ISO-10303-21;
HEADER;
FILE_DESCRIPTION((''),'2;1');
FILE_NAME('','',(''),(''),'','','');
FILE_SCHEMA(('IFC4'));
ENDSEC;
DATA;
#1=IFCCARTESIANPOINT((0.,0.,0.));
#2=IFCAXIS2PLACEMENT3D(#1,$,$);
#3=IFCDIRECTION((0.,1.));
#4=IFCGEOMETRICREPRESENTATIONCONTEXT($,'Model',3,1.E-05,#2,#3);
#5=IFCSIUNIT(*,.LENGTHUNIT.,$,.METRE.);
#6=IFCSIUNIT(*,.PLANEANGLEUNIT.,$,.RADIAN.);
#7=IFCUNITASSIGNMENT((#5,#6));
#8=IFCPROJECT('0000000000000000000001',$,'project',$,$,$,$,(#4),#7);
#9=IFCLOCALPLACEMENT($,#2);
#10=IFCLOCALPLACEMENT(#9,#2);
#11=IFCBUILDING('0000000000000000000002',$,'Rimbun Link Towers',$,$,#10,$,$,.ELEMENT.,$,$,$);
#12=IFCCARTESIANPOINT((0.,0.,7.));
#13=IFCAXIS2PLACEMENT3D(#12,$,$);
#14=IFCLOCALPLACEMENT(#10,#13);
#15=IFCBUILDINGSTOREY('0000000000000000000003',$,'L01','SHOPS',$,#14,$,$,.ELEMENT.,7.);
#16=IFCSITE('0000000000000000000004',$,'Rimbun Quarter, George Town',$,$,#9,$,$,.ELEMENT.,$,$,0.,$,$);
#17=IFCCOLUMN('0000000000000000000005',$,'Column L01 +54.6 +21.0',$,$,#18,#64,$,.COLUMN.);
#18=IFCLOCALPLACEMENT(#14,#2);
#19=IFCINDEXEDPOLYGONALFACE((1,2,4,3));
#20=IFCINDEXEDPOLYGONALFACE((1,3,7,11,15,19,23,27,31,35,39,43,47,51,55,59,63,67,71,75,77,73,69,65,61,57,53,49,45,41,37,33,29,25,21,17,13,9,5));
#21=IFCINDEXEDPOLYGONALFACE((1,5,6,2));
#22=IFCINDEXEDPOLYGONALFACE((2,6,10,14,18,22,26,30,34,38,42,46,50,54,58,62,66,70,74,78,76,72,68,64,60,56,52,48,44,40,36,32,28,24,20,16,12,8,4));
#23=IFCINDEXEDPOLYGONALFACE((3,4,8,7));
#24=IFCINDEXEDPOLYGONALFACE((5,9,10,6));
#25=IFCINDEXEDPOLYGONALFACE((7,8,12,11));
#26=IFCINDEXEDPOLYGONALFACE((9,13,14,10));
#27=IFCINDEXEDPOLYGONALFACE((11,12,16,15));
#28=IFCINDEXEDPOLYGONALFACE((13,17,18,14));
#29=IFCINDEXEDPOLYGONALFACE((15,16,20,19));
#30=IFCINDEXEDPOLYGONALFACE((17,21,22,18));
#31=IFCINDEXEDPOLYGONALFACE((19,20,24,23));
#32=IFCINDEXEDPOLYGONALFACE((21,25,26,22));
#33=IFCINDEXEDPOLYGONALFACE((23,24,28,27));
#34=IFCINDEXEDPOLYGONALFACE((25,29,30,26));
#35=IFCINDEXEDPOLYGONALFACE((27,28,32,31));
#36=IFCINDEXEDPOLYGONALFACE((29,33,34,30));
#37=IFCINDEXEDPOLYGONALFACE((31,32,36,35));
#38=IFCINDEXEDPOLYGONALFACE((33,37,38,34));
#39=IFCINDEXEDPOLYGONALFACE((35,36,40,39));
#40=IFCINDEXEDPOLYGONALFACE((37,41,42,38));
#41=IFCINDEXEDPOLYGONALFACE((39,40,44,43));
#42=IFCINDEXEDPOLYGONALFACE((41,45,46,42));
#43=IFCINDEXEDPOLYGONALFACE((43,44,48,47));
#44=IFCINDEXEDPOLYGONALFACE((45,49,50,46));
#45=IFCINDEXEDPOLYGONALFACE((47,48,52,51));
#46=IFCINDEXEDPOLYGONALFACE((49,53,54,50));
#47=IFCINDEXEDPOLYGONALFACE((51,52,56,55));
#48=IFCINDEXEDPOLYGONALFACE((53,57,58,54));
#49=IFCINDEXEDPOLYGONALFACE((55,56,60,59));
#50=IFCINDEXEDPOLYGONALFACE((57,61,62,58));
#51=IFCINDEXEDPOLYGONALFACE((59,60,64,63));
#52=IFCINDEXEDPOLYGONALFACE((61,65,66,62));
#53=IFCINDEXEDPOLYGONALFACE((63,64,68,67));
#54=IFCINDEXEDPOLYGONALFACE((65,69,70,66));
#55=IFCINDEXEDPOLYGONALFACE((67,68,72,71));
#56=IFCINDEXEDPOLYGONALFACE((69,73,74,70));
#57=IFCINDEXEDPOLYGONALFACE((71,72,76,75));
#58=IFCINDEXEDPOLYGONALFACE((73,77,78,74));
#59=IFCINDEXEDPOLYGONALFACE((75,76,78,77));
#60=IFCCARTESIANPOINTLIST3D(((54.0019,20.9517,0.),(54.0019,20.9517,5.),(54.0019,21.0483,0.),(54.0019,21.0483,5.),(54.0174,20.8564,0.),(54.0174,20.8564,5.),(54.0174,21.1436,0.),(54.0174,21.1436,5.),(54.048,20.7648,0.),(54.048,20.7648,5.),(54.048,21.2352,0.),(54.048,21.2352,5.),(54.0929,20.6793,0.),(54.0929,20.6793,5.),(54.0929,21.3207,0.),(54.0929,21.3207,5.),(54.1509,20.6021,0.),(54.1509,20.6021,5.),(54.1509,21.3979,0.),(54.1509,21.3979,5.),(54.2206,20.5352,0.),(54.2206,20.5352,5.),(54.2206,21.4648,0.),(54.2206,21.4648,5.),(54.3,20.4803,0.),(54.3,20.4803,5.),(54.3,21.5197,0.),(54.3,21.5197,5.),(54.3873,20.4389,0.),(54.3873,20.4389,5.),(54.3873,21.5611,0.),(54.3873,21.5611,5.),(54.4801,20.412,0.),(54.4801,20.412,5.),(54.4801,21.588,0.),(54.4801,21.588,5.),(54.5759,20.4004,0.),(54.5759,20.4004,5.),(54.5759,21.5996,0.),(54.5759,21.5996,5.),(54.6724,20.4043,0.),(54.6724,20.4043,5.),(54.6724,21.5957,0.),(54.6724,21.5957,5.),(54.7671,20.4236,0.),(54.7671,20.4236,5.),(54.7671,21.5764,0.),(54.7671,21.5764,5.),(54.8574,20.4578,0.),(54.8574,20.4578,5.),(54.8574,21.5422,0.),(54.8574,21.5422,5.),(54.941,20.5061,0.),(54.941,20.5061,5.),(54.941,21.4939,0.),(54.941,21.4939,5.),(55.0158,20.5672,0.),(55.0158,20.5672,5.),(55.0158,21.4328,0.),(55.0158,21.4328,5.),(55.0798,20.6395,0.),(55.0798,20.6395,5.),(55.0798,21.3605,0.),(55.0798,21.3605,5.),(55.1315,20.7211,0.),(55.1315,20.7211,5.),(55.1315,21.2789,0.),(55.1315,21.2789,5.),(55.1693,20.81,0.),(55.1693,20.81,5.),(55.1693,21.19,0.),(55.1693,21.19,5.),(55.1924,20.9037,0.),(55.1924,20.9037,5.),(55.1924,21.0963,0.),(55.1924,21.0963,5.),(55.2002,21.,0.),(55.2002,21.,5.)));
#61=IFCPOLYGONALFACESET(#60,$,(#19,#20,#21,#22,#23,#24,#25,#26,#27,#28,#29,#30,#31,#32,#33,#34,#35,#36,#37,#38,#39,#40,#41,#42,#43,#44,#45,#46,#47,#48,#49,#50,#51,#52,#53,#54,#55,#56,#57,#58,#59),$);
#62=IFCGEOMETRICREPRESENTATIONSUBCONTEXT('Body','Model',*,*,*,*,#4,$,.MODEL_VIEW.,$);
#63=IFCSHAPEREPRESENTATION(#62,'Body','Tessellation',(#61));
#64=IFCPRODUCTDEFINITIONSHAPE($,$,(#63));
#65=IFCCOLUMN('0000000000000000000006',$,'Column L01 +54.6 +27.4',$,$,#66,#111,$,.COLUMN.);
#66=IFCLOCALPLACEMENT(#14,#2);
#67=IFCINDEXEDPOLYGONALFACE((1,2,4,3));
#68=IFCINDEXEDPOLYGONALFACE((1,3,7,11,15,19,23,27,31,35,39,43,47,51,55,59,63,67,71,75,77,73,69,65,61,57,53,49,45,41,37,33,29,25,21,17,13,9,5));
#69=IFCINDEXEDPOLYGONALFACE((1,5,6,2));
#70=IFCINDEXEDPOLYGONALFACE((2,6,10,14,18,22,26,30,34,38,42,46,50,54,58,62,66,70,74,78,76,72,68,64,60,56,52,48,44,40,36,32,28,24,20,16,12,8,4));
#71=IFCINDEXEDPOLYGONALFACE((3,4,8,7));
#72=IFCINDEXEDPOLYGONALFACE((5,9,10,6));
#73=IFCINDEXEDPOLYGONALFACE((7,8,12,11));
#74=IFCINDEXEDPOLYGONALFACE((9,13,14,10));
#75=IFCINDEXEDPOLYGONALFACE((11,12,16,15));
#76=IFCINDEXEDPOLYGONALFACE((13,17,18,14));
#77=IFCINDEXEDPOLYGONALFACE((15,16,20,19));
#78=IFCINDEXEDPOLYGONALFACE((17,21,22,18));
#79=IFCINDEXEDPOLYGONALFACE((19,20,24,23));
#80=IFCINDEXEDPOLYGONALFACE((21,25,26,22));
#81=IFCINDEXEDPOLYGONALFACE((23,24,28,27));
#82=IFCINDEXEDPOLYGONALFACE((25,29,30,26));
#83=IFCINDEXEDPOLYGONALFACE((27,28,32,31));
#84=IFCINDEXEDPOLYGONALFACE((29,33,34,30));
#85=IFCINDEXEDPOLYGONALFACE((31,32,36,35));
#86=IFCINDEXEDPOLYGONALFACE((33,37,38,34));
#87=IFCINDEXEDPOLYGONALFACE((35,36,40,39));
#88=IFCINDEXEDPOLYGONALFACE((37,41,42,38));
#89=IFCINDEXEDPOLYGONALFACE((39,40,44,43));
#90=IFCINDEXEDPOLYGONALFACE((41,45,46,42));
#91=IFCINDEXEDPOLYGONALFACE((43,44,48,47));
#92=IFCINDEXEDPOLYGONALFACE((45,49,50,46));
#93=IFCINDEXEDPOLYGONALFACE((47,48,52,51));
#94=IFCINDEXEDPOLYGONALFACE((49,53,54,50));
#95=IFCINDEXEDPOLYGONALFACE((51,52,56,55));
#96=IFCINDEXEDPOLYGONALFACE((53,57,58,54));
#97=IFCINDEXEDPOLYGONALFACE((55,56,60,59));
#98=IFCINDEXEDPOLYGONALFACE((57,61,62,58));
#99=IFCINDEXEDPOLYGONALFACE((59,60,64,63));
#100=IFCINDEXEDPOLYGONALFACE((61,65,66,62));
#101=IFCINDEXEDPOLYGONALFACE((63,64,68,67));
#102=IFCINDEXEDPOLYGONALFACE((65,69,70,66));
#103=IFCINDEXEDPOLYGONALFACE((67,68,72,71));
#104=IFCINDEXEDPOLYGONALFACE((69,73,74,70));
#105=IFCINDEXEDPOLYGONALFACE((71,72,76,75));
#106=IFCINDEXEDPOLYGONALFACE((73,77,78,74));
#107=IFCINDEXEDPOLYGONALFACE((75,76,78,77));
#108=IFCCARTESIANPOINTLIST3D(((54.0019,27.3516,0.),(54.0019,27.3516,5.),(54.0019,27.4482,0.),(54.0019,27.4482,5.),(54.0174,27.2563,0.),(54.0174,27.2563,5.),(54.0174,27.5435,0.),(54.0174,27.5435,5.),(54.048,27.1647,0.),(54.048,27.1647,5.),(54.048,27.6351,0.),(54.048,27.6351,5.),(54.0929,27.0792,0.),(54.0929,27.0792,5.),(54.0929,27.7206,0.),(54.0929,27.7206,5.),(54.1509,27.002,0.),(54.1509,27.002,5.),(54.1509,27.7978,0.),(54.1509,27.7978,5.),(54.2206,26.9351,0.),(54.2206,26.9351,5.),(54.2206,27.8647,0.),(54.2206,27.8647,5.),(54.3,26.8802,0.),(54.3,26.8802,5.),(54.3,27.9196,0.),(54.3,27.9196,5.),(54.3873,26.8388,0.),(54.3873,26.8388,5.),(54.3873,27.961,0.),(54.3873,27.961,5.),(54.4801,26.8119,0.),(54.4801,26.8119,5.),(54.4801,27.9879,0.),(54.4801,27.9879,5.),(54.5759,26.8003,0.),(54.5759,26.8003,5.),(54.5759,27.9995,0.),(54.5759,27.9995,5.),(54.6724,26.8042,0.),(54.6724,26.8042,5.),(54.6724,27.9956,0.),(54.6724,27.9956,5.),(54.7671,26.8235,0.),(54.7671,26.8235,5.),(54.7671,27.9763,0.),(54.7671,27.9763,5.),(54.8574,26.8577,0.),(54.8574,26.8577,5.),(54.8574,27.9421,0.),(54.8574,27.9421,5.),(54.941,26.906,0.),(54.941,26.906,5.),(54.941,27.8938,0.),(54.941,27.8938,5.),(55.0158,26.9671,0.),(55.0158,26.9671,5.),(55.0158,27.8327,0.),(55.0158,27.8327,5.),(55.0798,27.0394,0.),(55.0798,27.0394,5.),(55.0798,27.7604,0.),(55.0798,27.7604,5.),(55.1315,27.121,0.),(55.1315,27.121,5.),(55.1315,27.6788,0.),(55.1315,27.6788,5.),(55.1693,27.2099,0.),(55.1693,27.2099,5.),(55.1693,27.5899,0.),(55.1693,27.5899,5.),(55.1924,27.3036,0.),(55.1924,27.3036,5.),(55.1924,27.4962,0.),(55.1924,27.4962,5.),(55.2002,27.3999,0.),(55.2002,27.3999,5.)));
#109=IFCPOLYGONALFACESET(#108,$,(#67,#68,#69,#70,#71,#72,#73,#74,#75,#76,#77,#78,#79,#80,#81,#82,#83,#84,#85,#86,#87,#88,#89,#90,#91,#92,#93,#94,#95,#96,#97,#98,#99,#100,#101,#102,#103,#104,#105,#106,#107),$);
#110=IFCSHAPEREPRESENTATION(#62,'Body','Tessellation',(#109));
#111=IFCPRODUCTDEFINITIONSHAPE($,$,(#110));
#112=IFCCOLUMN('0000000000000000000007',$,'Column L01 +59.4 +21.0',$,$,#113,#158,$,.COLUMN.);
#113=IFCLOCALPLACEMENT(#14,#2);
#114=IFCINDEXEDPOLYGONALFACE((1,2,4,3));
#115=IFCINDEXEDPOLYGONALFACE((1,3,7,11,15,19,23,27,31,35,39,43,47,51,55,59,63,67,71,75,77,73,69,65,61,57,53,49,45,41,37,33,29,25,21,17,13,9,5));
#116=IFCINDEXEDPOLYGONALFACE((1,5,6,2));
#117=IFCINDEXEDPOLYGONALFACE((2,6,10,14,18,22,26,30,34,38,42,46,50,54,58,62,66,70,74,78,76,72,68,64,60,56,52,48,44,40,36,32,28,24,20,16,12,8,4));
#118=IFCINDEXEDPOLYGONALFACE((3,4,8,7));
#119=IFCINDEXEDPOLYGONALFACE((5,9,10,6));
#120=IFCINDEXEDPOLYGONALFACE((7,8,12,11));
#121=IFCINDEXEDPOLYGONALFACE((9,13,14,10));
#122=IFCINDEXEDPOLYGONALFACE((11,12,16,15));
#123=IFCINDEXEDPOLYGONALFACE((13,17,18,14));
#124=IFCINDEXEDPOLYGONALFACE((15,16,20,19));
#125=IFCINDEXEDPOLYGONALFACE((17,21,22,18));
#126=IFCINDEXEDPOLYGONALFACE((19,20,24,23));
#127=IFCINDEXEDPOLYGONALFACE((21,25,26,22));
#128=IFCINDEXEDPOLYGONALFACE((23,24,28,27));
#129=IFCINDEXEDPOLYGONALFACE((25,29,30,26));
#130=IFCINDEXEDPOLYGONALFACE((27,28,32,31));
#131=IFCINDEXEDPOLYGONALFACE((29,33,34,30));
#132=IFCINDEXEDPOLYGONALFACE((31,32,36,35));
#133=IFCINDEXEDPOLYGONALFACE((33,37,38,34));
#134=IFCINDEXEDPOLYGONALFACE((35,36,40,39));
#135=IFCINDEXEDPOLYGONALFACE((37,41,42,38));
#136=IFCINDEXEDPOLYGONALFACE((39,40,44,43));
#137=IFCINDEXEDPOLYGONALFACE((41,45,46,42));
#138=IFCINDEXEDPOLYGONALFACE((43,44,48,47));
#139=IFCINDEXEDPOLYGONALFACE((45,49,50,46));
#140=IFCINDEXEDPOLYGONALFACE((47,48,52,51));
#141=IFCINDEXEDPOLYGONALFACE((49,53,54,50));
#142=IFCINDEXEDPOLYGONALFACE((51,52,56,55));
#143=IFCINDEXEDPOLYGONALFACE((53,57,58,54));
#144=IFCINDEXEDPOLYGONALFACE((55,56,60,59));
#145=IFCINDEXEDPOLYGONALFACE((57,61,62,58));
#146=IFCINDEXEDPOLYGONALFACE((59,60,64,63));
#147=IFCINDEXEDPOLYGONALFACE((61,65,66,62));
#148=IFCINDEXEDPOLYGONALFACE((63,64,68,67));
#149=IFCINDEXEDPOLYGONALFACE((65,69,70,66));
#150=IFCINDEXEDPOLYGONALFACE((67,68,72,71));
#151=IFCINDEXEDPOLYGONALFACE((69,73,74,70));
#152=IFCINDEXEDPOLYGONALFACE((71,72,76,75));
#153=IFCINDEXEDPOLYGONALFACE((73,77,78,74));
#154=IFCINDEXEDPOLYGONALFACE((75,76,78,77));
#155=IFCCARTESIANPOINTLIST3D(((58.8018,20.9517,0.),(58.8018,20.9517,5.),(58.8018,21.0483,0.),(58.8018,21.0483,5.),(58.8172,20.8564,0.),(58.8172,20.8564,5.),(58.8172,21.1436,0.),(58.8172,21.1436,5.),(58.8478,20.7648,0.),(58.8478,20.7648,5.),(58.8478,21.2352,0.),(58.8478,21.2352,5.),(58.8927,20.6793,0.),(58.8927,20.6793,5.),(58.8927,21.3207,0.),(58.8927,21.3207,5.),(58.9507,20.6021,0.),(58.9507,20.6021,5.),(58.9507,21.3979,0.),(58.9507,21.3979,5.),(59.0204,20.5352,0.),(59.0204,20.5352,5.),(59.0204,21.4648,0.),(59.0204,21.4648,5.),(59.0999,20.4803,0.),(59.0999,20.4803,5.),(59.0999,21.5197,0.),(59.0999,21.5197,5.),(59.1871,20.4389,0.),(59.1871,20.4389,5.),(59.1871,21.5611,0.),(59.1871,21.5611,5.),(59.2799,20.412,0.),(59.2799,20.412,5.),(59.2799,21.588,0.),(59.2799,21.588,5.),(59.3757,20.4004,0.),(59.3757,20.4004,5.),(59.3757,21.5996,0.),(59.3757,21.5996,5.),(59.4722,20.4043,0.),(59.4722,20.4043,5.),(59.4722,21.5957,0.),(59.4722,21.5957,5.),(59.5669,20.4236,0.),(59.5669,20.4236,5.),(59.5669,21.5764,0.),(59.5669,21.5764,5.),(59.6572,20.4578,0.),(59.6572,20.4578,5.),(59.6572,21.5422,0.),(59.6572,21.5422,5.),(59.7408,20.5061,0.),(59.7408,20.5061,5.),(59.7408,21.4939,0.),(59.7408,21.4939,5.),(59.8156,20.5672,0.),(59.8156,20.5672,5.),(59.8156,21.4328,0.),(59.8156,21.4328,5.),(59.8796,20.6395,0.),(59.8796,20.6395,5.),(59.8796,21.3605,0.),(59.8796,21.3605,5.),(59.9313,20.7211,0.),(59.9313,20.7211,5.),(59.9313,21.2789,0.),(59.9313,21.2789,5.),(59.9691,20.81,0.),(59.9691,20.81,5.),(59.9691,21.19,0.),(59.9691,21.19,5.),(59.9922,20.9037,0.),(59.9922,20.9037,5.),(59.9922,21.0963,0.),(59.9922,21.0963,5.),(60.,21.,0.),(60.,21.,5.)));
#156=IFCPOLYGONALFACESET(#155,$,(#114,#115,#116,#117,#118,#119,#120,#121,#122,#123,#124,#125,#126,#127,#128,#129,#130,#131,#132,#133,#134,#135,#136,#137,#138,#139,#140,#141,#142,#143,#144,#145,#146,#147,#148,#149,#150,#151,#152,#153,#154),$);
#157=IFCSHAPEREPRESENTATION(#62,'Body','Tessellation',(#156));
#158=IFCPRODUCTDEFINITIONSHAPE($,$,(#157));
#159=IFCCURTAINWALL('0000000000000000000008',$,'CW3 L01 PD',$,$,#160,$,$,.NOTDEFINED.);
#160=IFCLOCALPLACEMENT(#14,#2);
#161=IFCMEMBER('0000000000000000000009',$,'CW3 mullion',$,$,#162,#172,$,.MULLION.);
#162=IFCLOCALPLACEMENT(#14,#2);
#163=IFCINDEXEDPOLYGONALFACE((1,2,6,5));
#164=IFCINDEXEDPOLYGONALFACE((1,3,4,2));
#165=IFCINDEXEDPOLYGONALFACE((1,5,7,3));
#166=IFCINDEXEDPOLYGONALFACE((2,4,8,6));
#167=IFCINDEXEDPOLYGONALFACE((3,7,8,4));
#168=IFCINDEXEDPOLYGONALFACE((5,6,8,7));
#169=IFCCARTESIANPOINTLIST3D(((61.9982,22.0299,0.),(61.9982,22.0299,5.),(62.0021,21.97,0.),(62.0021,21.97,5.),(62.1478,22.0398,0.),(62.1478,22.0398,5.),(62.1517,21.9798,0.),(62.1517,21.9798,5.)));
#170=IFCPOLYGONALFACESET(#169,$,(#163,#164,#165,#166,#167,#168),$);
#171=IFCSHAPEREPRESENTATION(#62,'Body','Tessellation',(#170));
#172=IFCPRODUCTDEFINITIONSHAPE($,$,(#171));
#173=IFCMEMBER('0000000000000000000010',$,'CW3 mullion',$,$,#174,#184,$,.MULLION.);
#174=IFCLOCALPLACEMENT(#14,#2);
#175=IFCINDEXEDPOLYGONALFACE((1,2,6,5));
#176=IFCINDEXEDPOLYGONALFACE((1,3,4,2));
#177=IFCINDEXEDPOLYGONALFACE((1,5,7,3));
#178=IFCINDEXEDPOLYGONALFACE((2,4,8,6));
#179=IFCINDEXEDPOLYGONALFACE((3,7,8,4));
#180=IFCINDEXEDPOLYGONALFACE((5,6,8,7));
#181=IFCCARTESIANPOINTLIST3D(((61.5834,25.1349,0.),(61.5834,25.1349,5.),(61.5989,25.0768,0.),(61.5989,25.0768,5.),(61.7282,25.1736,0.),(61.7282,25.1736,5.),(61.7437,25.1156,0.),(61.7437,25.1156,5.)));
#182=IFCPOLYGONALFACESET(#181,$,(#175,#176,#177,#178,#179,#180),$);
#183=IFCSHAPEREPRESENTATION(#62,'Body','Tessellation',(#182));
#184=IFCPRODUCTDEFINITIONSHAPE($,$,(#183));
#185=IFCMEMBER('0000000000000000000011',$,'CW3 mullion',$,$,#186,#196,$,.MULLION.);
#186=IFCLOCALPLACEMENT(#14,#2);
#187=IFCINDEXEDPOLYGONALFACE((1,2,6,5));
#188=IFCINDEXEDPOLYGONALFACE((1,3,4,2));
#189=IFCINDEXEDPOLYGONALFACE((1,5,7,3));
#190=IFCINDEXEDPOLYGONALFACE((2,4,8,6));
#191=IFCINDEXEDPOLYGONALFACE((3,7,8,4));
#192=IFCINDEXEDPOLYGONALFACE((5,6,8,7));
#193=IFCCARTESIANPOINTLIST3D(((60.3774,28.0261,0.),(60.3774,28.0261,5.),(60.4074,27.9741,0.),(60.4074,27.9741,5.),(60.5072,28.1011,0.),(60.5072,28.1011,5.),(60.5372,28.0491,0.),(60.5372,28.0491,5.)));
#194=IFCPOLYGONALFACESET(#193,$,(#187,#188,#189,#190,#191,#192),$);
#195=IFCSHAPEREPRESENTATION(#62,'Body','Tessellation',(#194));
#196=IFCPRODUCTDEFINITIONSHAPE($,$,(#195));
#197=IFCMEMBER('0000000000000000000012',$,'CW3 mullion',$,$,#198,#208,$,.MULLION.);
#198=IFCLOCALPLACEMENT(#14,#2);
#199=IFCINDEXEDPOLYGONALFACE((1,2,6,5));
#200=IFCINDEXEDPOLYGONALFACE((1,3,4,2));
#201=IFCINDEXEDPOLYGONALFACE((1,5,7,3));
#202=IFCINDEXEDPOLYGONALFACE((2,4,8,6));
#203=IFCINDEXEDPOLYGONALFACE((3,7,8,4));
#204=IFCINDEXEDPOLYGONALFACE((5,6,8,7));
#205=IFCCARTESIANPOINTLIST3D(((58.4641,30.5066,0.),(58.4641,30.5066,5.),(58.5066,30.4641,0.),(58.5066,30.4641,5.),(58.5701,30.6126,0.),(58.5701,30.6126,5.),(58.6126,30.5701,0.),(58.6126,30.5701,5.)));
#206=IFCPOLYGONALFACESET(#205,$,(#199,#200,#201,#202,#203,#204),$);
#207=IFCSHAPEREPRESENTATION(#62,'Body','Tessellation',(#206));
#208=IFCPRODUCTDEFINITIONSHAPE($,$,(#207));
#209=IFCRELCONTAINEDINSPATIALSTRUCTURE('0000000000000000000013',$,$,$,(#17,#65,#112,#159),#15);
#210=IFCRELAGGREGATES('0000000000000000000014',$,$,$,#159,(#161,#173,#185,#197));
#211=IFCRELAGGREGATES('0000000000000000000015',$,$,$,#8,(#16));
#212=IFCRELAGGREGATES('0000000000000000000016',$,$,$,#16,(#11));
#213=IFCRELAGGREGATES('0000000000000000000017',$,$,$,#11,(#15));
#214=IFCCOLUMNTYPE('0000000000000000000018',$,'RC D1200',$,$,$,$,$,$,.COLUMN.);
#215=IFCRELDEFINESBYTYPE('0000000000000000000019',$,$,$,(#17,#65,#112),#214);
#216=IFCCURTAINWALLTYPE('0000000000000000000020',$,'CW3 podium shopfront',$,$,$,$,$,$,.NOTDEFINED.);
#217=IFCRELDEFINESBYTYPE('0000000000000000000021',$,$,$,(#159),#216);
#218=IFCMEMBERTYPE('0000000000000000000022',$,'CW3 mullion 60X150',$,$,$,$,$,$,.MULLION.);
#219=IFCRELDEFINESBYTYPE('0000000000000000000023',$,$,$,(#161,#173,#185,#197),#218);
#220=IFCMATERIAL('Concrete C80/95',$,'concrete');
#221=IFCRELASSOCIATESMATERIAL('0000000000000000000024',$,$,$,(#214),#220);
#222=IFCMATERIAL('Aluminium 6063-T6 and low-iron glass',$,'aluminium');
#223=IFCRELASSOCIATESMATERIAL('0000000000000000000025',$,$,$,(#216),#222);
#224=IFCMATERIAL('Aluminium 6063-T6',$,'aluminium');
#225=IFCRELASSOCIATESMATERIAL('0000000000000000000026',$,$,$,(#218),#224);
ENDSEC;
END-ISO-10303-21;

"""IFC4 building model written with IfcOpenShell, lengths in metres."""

from ifc_helpers import new_model, si_unit, direction, frame, origin, origin_2d, place, context, subcontext, project, spatial, rectangle, circle, extrude, material, material_profile, profile_set, type_object, element, aggregate, save


model = new_model("IFC4")

# Units and contexts
model_context = context("Model", 3, precision=1e-05, world=origin(), true_north=direction((0.0, 1.0)))
body_context = subcontext(model_context, "Body", "Model", "MODEL_VIEW")
ifc_project = project(units=[si_unit("LENGTHUNIT", "METRE"), si_unit("PLANEANGLEUNIT", "RADIAN")], contexts=[model_context])

# Site, building, storey
site_placement = place(None, origin())
site = spatial("IfcSite", under=ifc_project, at=site_placement, Name="Rimbun Quarter, George Town", CompositionType="ELEMENT", RefElevation=0.0)
building_placement = place(site_placement, origin())
building = spatial("IfcBuilding", under=site, at=building_placement, Name="Rimbun Link Towers", CompositionType="ELEMENT")
storey_placement = place(building_placement, frame((0.0, 0.0, 7.0)))
storey = spatial("IfcBuildingStorey", under=building, at=storey_placement, Name="L01", Description="SHOPS", CompositionType="ELEMENT", Elevation=7.0)

# Columns
ifc_material_1 = material(Name="Concrete C80/95", Category="concrete")
ifc_material_profile_1 = material_profile(ifc_material_1, circle(Radius=0.6001, at=origin_2d()), Name="RC D1200")
ifc_profile_set_1 = profile_set([ifc_material_profile_1], Name="Concrete C80/95")
column_type = type_object("IfcColumnType", Name="RC D1200", PredefinedType="COLUMN", material=ifc_profile_set_1)
for number, where, z_axis, x_axis, name in (
    (1, (54.6001, 21.0, 0.0), (0.0, 0.0, 1.0), (1.0, 0.0, 0.0), "Column L01 +54.6 +21.0"),
    (2, (54.6001, 27.3999, 0.0), (0.0, 0.0, 1.0), (1.0, 0.0, 0.0), "Column L01 +54.6 +27.4"),
    (3, (59.3999, 21.0, 0.0), (0.0, 0.0, 1.0), (1.0, 0.0, 0.0), "Column L01 +59.4 +21.0"),
):
    element("IfcColumn", number, at=place(storey_placement, frame(where, z_axis=z_axis, x_axis=x_axis)), inside=storey, type_object=column_type, Name=name, PredefinedType="COLUMN", context=body_context, shape_type="SweptSolid", body=[
        extrude(circle(Radius=0.6001, at=origin_2d()), origin(), (0.0, 0.0, 1.0), 5.0),
    ])

# Curtain wall, members
ifc_material_2 = material(Name="Aluminium 6063-T6 and low-iron glass", Category="aluminium")
curtain_wall_type = type_object("IfcCurtainWallType", Name="CW3 podium shopfront", PredefinedType="NOTDEFINED", material=ifc_material_2)
curtain_wall_placement = place(storey_placement, origin())
curtain_wall = element("IfcCurtainWall", 4, at=curtain_wall_placement, inside=storey, type_object=curtain_wall_type, Name="CW3 L01 PD", PredefinedType="NOTDEFINED")
ifc_material_3 = material(Name="Aluminium 6063-T6", Category="aluminium")
ifc_material_profile_2 = material_profile(ifc_material_3, rectangle(XDim=0.1499, YDim=0.0601, at=origin_2d()), Name="MULLION 60X150")
ifc_profile_set_2 = profile_set([ifc_material_profile_2], Name="Aluminium 6063-T6")
member_type_1 = type_object("IfcMemberType", Name="CW3 mullion 60X150", PredefinedType="MULLION", material=ifc_profile_set_2)
member_1_placement = place(storey_placement, frame((62.075, 22.0049, 0.0), z_axis=(0.0, 0.0, 1.0), x_axis=(0.997859, 0.065405, 0.0)))
member_1 = element("IfcMember", 5, at=member_1_placement, type_object=member_type_1, Name="CW3 mullion", PredefinedType="MULLION", context=body_context, shape_type="SweptSolid", body=[
    extrude(rectangle(XDim=0.1499, YDim=0.0601, at=origin_2d()), origin(), (0.0, 0.0, 1.0), 5.0),
])
member_2_placement = place(storey_placement, frame((61.6636, 25.1252, 0.0), z_axis=(0.0, 0.0, 1.0), x_axis=(0.965926, 0.258819, 0.0)))
member_2 = element("IfcMember", 6, at=member_2_placement, type_object=member_type_1, Name="CW3 mullion", PredefinedType="MULLION", context=body_context, shape_type="SweptSolid", body=[
    extrude(rectangle(XDim=0.1499, YDim=0.0601, at=origin_2d()), origin(), (0.0, 0.0, 1.0), 5.0),
])
member_3_placement = place(storey_placement, frame((60.4573, 28.0376, 0.0), z_axis=(0.0, 0.0, 1.0), x_axis=(0.866029, 0.499994, 0.0)))
member_3 = element("IfcMember", 7, at=member_3_placement, type_object=member_type_1, Name="CW3 mullion", PredefinedType="MULLION", context=body_context, shape_type="SweptSolid", body=[
    extrude(rectangle(XDim=0.1499, YDim=0.0601, at=origin_2d()), origin(), (0.0, 0.0, 1.0), 5.0),
])
member_4_placement = place(storey_placement, frame((58.5383, 30.5383, 0.0), z_axis=(0.0, 0.0, 1.0), x_axis=(0.707107, 0.707107, 0.0)))
member_4 = element("IfcMember", 8, at=member_4_placement, type_object=member_type_1, Name="CW3 mullion", PredefinedType="MULLION", context=body_context, shape_type="SweptSolid", body=[
    extrude(rectangle(XDim=0.1499, YDim=0.0601, at=origin_2d()), origin(), (0.0, 0.0, 1.0), 5.0),
])

aggregate(curtain_wall, [member_1, member_2, member_3, member_4])

save(model, "model.ifc")
